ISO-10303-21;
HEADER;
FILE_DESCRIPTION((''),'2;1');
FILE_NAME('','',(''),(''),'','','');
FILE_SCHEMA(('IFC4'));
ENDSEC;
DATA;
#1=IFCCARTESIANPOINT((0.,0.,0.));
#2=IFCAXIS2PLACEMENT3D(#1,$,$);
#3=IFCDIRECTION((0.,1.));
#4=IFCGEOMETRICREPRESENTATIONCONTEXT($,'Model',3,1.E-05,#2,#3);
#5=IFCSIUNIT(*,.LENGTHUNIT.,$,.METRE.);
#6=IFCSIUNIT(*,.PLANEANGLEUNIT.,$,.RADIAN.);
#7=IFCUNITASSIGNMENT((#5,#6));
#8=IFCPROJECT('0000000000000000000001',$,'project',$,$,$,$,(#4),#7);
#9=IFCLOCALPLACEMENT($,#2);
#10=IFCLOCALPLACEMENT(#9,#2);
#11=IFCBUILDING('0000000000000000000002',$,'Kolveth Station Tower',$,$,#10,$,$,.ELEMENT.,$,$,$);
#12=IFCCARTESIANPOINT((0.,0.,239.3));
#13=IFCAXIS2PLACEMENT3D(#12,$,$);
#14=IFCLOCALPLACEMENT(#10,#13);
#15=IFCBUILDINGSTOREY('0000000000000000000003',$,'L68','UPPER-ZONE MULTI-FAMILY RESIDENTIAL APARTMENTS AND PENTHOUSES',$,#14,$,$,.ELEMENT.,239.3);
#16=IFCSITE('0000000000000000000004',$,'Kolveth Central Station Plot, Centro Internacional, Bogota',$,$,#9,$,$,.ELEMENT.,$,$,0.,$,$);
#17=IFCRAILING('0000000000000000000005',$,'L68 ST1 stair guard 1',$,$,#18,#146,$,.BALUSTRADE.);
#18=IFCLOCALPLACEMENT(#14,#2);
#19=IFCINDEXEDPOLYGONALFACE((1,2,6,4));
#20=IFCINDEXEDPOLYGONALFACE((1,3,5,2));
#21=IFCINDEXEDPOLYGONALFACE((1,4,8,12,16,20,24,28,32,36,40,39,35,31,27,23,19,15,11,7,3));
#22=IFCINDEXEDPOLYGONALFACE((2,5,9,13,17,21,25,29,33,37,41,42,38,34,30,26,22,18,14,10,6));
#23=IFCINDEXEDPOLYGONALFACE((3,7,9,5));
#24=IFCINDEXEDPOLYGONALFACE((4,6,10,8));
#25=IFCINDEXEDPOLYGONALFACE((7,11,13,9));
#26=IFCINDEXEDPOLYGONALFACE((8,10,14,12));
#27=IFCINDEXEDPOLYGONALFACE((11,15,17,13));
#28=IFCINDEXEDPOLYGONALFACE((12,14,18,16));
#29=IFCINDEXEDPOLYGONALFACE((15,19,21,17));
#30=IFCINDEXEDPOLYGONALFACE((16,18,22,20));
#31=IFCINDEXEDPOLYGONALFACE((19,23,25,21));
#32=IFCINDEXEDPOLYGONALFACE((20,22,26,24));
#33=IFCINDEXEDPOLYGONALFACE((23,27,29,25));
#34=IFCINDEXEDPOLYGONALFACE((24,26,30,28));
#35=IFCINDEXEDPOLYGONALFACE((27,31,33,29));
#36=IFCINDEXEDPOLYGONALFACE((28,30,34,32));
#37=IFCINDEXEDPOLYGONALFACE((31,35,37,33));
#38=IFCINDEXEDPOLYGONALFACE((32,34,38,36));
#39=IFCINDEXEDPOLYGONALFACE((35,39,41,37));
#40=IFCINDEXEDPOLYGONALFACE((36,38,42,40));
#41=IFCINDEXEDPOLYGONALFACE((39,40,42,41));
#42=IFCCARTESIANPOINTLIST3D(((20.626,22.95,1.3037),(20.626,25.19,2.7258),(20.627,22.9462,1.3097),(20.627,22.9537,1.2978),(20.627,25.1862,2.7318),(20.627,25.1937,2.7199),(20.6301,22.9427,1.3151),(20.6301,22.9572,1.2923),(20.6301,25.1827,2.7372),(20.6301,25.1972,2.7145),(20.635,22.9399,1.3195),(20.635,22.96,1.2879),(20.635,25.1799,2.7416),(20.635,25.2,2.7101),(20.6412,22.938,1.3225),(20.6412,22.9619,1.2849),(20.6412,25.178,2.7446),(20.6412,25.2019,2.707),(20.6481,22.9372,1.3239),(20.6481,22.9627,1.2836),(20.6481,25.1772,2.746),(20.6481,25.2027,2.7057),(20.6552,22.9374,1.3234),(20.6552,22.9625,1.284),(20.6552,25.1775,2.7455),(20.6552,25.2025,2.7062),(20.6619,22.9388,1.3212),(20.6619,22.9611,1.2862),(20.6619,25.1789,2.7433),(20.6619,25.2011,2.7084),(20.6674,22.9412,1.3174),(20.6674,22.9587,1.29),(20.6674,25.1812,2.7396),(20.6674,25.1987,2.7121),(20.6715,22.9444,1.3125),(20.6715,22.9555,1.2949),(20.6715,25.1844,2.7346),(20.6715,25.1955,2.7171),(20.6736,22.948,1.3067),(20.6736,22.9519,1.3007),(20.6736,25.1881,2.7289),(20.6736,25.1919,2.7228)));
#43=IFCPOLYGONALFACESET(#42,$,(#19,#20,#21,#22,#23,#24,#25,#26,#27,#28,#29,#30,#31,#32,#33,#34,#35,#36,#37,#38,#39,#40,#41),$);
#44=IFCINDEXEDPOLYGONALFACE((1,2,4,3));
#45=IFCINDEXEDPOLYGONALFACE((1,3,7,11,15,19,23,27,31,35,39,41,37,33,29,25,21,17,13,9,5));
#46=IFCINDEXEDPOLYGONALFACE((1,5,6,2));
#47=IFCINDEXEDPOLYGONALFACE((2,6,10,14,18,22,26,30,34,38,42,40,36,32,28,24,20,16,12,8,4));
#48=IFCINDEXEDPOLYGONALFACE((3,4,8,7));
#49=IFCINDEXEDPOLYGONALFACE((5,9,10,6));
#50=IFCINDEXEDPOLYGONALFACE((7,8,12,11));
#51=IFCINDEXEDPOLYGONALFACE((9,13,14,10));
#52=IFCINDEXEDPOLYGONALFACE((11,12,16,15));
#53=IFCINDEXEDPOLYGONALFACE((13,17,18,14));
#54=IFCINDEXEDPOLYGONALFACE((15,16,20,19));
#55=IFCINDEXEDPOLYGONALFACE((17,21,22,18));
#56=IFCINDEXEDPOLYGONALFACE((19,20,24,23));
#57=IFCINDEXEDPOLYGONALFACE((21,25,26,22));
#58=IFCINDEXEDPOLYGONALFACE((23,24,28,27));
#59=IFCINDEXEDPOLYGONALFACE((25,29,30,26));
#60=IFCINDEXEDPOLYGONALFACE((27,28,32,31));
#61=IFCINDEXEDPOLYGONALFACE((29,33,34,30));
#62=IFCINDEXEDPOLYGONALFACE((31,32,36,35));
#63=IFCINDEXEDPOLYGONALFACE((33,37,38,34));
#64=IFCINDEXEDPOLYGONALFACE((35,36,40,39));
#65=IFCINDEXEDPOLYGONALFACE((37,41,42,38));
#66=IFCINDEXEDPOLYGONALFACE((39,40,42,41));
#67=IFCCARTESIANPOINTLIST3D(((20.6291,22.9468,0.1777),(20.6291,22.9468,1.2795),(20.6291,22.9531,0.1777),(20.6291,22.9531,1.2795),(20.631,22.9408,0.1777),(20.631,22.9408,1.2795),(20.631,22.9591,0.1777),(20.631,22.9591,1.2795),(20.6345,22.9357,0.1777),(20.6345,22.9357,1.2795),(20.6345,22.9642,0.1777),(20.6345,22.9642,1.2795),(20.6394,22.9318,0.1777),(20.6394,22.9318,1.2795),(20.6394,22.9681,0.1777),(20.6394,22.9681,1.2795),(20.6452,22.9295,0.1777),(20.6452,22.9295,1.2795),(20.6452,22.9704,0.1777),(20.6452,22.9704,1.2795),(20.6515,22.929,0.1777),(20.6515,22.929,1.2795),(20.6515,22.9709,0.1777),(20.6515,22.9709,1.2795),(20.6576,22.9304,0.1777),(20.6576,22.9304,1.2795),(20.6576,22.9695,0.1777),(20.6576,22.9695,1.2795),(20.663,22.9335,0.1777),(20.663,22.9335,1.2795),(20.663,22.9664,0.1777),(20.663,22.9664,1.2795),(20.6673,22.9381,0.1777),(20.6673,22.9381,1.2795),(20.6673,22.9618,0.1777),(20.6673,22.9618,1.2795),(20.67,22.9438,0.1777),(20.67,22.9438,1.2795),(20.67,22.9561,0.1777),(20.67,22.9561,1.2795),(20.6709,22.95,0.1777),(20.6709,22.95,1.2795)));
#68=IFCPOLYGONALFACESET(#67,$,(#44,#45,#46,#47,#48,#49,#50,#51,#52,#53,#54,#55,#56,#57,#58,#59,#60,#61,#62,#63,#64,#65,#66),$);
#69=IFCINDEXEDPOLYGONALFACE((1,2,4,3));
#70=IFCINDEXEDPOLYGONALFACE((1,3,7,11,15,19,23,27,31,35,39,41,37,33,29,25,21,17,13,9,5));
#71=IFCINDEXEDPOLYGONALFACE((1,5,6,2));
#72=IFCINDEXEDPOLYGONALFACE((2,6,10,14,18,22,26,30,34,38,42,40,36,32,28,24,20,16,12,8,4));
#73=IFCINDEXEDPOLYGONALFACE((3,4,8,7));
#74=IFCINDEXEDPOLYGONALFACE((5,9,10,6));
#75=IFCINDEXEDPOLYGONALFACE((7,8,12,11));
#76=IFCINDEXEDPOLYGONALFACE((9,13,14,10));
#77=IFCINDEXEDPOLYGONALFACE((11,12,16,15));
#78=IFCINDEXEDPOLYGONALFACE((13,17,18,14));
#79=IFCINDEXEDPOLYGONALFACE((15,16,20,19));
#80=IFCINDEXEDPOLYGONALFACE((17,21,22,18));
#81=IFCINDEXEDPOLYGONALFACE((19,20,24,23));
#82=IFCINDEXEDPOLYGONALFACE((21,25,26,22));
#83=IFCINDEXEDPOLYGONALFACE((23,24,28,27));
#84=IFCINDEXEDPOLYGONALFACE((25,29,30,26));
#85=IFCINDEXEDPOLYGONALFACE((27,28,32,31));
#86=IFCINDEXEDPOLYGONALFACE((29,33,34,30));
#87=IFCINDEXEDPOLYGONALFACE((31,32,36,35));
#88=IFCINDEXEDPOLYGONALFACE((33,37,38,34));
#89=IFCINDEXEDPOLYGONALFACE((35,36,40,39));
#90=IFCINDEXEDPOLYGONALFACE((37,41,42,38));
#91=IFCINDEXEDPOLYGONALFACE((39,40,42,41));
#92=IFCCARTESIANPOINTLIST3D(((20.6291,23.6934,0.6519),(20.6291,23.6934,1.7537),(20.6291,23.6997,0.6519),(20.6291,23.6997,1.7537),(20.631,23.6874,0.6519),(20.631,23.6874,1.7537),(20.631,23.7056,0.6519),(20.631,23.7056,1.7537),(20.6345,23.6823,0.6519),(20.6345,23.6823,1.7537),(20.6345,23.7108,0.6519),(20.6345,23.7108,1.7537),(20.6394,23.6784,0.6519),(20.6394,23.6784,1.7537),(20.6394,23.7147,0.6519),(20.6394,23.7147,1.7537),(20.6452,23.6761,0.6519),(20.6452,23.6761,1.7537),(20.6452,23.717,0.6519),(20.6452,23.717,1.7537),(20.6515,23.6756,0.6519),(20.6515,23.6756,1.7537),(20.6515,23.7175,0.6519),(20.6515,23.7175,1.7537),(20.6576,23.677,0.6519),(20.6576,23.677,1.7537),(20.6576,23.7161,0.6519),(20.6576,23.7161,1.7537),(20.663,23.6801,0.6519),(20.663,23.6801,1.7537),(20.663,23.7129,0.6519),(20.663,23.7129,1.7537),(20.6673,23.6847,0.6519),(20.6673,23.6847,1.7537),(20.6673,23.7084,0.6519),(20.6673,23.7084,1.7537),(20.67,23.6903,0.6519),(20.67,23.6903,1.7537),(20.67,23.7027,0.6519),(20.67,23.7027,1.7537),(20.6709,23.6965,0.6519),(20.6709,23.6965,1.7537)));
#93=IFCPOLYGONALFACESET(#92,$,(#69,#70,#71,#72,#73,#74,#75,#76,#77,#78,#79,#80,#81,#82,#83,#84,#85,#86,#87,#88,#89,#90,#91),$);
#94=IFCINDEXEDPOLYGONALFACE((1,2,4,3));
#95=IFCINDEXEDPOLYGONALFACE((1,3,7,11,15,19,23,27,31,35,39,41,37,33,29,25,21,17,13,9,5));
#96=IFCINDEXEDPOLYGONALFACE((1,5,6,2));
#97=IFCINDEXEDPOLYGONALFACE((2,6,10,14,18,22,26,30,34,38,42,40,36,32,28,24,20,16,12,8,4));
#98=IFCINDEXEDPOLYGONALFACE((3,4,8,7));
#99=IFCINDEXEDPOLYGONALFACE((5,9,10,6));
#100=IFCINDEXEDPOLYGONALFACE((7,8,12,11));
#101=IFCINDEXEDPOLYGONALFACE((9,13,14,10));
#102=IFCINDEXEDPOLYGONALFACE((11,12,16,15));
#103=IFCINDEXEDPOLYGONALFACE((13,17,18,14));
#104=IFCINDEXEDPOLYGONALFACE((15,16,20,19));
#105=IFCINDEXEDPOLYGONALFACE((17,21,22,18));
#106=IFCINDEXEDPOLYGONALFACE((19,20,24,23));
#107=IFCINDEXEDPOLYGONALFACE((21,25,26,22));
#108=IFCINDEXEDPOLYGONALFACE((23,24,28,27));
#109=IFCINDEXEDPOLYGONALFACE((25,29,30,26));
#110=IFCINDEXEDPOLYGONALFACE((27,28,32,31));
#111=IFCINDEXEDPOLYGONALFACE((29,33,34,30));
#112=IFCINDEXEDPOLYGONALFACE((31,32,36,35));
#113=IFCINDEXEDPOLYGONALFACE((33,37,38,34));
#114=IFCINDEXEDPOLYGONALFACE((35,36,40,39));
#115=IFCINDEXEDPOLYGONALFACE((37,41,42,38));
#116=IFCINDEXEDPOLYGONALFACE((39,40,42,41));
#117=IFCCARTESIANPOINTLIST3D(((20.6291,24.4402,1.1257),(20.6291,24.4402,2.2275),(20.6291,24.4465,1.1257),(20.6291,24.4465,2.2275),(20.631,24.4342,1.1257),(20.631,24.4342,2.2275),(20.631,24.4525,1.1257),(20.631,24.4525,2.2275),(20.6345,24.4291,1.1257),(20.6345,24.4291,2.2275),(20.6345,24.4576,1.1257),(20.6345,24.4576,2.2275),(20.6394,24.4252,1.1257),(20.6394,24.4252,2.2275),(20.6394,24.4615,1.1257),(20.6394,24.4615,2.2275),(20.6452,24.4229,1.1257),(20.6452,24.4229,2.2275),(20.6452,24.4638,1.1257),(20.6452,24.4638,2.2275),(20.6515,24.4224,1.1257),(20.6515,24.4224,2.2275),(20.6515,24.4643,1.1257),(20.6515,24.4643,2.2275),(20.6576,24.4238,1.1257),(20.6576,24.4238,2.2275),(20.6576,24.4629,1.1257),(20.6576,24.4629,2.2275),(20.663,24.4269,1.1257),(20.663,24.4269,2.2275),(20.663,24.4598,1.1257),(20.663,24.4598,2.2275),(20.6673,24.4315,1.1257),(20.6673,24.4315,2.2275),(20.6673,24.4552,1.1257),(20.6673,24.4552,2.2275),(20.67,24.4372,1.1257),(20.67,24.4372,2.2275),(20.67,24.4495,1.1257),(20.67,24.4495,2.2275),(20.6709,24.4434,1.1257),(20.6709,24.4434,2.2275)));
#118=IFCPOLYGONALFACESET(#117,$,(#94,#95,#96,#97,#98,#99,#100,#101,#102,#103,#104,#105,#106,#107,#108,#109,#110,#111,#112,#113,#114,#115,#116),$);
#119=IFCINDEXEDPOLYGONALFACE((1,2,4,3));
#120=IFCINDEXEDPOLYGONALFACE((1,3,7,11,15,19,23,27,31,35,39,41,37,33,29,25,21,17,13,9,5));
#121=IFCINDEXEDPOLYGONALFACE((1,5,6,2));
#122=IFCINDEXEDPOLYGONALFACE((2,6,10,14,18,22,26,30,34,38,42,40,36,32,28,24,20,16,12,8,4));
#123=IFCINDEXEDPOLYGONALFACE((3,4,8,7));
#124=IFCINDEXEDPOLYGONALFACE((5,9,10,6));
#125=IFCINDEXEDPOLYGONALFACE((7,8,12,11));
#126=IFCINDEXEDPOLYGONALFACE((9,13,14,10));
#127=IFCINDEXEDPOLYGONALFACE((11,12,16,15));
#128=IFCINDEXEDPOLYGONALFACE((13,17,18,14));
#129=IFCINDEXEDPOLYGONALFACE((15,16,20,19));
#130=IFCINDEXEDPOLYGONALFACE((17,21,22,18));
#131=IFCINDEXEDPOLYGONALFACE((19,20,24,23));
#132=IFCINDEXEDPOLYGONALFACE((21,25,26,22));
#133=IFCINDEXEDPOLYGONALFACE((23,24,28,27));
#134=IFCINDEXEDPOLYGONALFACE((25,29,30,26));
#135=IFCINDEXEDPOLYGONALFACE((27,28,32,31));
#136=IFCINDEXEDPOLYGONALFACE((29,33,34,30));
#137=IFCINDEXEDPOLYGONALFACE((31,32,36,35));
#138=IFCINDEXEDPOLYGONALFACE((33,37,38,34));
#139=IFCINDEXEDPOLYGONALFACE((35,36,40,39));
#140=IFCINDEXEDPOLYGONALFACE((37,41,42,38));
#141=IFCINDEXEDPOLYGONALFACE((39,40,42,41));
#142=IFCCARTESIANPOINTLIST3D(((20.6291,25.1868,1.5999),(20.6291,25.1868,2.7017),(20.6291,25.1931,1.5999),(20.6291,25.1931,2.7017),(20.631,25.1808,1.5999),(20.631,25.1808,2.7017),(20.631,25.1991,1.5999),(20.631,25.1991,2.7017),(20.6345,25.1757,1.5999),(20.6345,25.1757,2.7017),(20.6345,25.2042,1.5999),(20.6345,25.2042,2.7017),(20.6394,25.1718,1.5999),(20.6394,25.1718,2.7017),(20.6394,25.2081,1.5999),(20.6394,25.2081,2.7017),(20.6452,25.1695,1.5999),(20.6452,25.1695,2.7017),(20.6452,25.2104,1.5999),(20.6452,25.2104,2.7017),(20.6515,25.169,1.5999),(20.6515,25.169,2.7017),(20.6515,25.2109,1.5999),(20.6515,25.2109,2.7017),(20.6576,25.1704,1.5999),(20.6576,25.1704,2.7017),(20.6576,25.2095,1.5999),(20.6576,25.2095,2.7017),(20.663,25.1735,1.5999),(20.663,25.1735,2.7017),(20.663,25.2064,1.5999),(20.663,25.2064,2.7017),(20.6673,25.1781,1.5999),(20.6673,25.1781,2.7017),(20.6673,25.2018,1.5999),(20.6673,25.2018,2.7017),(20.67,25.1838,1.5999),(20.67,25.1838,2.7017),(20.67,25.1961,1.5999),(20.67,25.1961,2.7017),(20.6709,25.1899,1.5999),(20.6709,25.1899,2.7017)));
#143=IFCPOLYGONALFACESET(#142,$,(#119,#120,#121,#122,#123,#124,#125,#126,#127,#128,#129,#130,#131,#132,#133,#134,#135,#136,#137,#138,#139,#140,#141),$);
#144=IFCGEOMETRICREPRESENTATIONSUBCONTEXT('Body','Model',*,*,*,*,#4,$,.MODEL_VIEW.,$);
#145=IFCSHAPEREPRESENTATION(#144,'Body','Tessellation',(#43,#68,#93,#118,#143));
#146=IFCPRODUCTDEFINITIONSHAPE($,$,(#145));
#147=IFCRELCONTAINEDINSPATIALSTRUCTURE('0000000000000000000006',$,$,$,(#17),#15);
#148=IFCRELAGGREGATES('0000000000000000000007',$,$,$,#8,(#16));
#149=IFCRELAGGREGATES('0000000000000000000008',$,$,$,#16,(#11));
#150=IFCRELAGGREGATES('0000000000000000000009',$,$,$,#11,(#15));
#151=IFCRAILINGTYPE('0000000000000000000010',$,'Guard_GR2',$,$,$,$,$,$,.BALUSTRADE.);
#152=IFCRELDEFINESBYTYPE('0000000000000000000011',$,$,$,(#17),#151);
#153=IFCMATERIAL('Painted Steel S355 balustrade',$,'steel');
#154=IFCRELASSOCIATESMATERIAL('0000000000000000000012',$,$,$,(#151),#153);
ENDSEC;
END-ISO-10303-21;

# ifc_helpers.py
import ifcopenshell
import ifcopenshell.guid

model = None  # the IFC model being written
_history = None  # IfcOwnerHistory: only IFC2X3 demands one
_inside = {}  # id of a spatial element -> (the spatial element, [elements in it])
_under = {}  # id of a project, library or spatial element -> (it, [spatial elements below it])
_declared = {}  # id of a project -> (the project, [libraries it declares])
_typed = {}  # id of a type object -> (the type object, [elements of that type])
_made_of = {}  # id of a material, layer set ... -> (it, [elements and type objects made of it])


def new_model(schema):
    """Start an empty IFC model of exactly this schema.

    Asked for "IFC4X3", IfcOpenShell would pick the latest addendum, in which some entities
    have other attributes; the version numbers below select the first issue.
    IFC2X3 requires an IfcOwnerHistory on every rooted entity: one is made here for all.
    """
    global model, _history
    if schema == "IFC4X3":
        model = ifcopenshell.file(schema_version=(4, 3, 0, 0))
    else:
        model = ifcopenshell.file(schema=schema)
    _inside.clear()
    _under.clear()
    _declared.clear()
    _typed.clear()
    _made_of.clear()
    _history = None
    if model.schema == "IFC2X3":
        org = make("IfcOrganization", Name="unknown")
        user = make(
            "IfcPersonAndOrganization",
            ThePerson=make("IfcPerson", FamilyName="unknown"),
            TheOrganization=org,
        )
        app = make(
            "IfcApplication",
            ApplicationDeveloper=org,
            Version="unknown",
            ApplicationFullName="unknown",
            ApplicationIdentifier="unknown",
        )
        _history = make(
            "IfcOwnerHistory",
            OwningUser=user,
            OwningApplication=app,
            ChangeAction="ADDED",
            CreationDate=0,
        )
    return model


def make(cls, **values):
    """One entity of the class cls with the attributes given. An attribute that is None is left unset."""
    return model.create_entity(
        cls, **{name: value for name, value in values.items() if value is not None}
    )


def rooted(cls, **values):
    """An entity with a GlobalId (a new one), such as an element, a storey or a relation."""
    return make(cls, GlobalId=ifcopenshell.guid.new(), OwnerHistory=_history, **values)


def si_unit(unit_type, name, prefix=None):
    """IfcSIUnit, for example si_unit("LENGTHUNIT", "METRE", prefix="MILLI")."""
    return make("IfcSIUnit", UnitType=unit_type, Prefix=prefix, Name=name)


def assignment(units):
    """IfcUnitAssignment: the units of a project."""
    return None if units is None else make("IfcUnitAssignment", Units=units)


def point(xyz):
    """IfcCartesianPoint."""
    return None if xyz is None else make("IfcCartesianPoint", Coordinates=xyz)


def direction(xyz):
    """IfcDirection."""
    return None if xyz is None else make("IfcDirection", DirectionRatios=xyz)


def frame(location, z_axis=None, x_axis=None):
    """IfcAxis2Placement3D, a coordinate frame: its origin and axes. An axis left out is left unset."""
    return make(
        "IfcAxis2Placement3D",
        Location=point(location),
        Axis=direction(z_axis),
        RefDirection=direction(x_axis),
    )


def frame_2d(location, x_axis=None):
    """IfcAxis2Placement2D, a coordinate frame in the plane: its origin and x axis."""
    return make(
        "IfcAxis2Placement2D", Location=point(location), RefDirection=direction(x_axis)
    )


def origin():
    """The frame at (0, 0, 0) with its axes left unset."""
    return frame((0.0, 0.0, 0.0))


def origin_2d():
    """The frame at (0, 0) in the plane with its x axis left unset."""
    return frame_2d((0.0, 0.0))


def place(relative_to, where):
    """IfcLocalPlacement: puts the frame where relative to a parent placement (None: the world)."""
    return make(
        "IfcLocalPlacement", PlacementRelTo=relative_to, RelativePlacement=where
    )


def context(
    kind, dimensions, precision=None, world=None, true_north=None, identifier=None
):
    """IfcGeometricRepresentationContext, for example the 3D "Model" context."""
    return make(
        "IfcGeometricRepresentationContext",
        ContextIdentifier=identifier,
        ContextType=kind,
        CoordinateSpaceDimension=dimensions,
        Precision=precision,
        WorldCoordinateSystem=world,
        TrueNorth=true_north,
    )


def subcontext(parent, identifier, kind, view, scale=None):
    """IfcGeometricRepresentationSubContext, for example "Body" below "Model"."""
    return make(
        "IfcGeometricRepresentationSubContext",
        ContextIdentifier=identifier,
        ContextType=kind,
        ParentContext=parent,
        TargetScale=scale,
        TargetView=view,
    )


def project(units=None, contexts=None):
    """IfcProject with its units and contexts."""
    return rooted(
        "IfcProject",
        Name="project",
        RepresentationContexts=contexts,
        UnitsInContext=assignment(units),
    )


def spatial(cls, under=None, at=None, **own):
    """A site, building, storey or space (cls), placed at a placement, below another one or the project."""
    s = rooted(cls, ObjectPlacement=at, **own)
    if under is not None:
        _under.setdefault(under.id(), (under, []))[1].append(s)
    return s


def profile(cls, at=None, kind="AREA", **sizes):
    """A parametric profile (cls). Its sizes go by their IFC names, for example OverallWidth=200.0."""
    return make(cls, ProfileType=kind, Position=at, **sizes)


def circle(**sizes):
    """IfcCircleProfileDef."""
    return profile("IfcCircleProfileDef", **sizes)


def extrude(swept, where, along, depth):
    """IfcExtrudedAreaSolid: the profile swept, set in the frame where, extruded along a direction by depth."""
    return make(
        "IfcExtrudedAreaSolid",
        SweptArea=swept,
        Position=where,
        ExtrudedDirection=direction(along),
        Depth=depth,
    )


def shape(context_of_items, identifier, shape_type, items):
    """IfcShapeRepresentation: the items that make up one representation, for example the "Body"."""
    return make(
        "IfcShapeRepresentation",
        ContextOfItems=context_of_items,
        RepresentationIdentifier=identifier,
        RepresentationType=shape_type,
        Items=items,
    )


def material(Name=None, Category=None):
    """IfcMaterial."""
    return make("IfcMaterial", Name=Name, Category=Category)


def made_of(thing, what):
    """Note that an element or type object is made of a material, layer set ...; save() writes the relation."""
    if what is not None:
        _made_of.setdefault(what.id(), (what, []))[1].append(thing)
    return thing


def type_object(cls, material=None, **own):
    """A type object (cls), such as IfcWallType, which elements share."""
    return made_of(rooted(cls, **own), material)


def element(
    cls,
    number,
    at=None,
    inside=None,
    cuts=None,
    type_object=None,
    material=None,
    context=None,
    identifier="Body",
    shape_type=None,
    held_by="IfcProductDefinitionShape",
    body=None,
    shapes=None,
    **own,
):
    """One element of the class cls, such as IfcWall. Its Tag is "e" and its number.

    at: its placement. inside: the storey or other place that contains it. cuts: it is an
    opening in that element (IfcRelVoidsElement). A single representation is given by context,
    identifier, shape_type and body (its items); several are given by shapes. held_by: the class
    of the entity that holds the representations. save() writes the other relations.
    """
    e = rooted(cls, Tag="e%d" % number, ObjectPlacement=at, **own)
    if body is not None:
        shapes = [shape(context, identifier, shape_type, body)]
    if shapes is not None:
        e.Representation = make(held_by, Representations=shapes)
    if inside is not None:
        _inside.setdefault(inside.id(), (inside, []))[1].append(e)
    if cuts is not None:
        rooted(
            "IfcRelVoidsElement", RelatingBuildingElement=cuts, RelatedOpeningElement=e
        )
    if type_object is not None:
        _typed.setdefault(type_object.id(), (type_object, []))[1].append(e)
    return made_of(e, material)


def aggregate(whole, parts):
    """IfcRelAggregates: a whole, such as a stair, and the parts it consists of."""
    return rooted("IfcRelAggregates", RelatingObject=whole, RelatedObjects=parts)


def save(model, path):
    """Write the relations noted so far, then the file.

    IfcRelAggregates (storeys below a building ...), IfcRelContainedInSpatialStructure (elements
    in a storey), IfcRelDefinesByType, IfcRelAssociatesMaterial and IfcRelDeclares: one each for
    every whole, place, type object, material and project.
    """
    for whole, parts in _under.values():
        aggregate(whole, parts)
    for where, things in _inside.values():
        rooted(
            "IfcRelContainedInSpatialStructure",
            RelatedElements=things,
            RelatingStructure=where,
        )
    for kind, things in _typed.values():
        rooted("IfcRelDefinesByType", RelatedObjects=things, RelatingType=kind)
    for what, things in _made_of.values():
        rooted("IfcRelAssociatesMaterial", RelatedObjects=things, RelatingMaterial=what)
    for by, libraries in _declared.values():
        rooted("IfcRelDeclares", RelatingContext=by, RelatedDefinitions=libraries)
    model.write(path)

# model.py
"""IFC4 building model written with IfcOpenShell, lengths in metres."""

from ifc_helpers import new_model, si_unit, direction, frame, origin, origin_2d, place, context, subcontext, project, spatial, circle, extrude, material, type_object, element, save


model = new_model("IFC4")

# Units and contexts
model_context = context("Model", 3, precision=1e-05, world=origin(), true_north=direction((0.0, 1.0)))
body_context = subcontext(model_context, "Body", "Model", "MODEL_VIEW")
ifc_project = project(units=[si_unit("LENGTHUNIT", "METRE"), si_unit("PLANEANGLEUNIT", "RADIAN")], contexts=[model_context])

# Site, building, storey
site_placement = place(None, origin())
site = spatial("IfcSite", under=ifc_project, at=site_placement, Name="Kolveth Central Station Plot, Centro Internacional, Bogota", CompositionType="ELEMENT", RefElevation=0.0)
building_placement = place(site_placement, origin())
building = spatial("IfcBuilding", under=site, at=building_placement, Name="Kolveth Station Tower", CompositionType="ELEMENT")
storey_placement = place(building_placement, frame((0.0, 0.0, 239.3)))
storey = spatial("IfcBuildingStorey", under=building, at=storey_placement, Name="L68", Description="UPPER-ZONE MULTI-FAMILY RESIDENTIAL APARTMENTS AND PENTHOUSES", CompositionType="ELEMENT", Elevation=239.3)

# Railing
ifc_material_1 = material(Name="Painted Steel S355 balustrade", Category="steel")
railing_type_1 = type_object("IfcRailingType", Name="Guard_GR2", PredefinedType="BALUSTRADE", material=ifc_material_1)
railing_1_placement = place(storey_placement, frame((20.6499, 22.95, 0.1777)))
element("IfcRailing", 1, at=railing_1_placement, inside=storey, type_object=railing_type_1, Name="L68 ST1 stair guard 1", PredefinedType="BALUSTRADE", context=body_context, shape_type="SweptSolid", body=[
    extrude(circle(Radius=0.0239, at=origin_2d()), frame((0.0, 0.0, 1.126), z_axis=(0.0, 0.844229, 0.535982), x_axis=(-1.0, 0.0, 0.0)), (0.0, 0.0, 1.0), 2.6533),
    extrude(circle(Radius=0.021, at=origin_2d()), origin(), (0.0, 0.0, 1.0), 1.1018),
    extrude(circle(Radius=0.021, at=origin_2d()), frame((0.0, 0.7466, 0.4741)), (0.0, 0.0, 1.0), 1.1018),
    extrude(circle(Radius=0.021, at=origin_2d()), frame((0.0, 1.4934, 0.948)), (0.0, 0.0, 1.0), 1.1018),
    extrude(circle(Radius=0.021, at=origin_2d()), frame((0.0, 2.24, 1.4221)), (0.0, 0.0, 1.0), 1.1018),
])

save(model, "model.ifc")
